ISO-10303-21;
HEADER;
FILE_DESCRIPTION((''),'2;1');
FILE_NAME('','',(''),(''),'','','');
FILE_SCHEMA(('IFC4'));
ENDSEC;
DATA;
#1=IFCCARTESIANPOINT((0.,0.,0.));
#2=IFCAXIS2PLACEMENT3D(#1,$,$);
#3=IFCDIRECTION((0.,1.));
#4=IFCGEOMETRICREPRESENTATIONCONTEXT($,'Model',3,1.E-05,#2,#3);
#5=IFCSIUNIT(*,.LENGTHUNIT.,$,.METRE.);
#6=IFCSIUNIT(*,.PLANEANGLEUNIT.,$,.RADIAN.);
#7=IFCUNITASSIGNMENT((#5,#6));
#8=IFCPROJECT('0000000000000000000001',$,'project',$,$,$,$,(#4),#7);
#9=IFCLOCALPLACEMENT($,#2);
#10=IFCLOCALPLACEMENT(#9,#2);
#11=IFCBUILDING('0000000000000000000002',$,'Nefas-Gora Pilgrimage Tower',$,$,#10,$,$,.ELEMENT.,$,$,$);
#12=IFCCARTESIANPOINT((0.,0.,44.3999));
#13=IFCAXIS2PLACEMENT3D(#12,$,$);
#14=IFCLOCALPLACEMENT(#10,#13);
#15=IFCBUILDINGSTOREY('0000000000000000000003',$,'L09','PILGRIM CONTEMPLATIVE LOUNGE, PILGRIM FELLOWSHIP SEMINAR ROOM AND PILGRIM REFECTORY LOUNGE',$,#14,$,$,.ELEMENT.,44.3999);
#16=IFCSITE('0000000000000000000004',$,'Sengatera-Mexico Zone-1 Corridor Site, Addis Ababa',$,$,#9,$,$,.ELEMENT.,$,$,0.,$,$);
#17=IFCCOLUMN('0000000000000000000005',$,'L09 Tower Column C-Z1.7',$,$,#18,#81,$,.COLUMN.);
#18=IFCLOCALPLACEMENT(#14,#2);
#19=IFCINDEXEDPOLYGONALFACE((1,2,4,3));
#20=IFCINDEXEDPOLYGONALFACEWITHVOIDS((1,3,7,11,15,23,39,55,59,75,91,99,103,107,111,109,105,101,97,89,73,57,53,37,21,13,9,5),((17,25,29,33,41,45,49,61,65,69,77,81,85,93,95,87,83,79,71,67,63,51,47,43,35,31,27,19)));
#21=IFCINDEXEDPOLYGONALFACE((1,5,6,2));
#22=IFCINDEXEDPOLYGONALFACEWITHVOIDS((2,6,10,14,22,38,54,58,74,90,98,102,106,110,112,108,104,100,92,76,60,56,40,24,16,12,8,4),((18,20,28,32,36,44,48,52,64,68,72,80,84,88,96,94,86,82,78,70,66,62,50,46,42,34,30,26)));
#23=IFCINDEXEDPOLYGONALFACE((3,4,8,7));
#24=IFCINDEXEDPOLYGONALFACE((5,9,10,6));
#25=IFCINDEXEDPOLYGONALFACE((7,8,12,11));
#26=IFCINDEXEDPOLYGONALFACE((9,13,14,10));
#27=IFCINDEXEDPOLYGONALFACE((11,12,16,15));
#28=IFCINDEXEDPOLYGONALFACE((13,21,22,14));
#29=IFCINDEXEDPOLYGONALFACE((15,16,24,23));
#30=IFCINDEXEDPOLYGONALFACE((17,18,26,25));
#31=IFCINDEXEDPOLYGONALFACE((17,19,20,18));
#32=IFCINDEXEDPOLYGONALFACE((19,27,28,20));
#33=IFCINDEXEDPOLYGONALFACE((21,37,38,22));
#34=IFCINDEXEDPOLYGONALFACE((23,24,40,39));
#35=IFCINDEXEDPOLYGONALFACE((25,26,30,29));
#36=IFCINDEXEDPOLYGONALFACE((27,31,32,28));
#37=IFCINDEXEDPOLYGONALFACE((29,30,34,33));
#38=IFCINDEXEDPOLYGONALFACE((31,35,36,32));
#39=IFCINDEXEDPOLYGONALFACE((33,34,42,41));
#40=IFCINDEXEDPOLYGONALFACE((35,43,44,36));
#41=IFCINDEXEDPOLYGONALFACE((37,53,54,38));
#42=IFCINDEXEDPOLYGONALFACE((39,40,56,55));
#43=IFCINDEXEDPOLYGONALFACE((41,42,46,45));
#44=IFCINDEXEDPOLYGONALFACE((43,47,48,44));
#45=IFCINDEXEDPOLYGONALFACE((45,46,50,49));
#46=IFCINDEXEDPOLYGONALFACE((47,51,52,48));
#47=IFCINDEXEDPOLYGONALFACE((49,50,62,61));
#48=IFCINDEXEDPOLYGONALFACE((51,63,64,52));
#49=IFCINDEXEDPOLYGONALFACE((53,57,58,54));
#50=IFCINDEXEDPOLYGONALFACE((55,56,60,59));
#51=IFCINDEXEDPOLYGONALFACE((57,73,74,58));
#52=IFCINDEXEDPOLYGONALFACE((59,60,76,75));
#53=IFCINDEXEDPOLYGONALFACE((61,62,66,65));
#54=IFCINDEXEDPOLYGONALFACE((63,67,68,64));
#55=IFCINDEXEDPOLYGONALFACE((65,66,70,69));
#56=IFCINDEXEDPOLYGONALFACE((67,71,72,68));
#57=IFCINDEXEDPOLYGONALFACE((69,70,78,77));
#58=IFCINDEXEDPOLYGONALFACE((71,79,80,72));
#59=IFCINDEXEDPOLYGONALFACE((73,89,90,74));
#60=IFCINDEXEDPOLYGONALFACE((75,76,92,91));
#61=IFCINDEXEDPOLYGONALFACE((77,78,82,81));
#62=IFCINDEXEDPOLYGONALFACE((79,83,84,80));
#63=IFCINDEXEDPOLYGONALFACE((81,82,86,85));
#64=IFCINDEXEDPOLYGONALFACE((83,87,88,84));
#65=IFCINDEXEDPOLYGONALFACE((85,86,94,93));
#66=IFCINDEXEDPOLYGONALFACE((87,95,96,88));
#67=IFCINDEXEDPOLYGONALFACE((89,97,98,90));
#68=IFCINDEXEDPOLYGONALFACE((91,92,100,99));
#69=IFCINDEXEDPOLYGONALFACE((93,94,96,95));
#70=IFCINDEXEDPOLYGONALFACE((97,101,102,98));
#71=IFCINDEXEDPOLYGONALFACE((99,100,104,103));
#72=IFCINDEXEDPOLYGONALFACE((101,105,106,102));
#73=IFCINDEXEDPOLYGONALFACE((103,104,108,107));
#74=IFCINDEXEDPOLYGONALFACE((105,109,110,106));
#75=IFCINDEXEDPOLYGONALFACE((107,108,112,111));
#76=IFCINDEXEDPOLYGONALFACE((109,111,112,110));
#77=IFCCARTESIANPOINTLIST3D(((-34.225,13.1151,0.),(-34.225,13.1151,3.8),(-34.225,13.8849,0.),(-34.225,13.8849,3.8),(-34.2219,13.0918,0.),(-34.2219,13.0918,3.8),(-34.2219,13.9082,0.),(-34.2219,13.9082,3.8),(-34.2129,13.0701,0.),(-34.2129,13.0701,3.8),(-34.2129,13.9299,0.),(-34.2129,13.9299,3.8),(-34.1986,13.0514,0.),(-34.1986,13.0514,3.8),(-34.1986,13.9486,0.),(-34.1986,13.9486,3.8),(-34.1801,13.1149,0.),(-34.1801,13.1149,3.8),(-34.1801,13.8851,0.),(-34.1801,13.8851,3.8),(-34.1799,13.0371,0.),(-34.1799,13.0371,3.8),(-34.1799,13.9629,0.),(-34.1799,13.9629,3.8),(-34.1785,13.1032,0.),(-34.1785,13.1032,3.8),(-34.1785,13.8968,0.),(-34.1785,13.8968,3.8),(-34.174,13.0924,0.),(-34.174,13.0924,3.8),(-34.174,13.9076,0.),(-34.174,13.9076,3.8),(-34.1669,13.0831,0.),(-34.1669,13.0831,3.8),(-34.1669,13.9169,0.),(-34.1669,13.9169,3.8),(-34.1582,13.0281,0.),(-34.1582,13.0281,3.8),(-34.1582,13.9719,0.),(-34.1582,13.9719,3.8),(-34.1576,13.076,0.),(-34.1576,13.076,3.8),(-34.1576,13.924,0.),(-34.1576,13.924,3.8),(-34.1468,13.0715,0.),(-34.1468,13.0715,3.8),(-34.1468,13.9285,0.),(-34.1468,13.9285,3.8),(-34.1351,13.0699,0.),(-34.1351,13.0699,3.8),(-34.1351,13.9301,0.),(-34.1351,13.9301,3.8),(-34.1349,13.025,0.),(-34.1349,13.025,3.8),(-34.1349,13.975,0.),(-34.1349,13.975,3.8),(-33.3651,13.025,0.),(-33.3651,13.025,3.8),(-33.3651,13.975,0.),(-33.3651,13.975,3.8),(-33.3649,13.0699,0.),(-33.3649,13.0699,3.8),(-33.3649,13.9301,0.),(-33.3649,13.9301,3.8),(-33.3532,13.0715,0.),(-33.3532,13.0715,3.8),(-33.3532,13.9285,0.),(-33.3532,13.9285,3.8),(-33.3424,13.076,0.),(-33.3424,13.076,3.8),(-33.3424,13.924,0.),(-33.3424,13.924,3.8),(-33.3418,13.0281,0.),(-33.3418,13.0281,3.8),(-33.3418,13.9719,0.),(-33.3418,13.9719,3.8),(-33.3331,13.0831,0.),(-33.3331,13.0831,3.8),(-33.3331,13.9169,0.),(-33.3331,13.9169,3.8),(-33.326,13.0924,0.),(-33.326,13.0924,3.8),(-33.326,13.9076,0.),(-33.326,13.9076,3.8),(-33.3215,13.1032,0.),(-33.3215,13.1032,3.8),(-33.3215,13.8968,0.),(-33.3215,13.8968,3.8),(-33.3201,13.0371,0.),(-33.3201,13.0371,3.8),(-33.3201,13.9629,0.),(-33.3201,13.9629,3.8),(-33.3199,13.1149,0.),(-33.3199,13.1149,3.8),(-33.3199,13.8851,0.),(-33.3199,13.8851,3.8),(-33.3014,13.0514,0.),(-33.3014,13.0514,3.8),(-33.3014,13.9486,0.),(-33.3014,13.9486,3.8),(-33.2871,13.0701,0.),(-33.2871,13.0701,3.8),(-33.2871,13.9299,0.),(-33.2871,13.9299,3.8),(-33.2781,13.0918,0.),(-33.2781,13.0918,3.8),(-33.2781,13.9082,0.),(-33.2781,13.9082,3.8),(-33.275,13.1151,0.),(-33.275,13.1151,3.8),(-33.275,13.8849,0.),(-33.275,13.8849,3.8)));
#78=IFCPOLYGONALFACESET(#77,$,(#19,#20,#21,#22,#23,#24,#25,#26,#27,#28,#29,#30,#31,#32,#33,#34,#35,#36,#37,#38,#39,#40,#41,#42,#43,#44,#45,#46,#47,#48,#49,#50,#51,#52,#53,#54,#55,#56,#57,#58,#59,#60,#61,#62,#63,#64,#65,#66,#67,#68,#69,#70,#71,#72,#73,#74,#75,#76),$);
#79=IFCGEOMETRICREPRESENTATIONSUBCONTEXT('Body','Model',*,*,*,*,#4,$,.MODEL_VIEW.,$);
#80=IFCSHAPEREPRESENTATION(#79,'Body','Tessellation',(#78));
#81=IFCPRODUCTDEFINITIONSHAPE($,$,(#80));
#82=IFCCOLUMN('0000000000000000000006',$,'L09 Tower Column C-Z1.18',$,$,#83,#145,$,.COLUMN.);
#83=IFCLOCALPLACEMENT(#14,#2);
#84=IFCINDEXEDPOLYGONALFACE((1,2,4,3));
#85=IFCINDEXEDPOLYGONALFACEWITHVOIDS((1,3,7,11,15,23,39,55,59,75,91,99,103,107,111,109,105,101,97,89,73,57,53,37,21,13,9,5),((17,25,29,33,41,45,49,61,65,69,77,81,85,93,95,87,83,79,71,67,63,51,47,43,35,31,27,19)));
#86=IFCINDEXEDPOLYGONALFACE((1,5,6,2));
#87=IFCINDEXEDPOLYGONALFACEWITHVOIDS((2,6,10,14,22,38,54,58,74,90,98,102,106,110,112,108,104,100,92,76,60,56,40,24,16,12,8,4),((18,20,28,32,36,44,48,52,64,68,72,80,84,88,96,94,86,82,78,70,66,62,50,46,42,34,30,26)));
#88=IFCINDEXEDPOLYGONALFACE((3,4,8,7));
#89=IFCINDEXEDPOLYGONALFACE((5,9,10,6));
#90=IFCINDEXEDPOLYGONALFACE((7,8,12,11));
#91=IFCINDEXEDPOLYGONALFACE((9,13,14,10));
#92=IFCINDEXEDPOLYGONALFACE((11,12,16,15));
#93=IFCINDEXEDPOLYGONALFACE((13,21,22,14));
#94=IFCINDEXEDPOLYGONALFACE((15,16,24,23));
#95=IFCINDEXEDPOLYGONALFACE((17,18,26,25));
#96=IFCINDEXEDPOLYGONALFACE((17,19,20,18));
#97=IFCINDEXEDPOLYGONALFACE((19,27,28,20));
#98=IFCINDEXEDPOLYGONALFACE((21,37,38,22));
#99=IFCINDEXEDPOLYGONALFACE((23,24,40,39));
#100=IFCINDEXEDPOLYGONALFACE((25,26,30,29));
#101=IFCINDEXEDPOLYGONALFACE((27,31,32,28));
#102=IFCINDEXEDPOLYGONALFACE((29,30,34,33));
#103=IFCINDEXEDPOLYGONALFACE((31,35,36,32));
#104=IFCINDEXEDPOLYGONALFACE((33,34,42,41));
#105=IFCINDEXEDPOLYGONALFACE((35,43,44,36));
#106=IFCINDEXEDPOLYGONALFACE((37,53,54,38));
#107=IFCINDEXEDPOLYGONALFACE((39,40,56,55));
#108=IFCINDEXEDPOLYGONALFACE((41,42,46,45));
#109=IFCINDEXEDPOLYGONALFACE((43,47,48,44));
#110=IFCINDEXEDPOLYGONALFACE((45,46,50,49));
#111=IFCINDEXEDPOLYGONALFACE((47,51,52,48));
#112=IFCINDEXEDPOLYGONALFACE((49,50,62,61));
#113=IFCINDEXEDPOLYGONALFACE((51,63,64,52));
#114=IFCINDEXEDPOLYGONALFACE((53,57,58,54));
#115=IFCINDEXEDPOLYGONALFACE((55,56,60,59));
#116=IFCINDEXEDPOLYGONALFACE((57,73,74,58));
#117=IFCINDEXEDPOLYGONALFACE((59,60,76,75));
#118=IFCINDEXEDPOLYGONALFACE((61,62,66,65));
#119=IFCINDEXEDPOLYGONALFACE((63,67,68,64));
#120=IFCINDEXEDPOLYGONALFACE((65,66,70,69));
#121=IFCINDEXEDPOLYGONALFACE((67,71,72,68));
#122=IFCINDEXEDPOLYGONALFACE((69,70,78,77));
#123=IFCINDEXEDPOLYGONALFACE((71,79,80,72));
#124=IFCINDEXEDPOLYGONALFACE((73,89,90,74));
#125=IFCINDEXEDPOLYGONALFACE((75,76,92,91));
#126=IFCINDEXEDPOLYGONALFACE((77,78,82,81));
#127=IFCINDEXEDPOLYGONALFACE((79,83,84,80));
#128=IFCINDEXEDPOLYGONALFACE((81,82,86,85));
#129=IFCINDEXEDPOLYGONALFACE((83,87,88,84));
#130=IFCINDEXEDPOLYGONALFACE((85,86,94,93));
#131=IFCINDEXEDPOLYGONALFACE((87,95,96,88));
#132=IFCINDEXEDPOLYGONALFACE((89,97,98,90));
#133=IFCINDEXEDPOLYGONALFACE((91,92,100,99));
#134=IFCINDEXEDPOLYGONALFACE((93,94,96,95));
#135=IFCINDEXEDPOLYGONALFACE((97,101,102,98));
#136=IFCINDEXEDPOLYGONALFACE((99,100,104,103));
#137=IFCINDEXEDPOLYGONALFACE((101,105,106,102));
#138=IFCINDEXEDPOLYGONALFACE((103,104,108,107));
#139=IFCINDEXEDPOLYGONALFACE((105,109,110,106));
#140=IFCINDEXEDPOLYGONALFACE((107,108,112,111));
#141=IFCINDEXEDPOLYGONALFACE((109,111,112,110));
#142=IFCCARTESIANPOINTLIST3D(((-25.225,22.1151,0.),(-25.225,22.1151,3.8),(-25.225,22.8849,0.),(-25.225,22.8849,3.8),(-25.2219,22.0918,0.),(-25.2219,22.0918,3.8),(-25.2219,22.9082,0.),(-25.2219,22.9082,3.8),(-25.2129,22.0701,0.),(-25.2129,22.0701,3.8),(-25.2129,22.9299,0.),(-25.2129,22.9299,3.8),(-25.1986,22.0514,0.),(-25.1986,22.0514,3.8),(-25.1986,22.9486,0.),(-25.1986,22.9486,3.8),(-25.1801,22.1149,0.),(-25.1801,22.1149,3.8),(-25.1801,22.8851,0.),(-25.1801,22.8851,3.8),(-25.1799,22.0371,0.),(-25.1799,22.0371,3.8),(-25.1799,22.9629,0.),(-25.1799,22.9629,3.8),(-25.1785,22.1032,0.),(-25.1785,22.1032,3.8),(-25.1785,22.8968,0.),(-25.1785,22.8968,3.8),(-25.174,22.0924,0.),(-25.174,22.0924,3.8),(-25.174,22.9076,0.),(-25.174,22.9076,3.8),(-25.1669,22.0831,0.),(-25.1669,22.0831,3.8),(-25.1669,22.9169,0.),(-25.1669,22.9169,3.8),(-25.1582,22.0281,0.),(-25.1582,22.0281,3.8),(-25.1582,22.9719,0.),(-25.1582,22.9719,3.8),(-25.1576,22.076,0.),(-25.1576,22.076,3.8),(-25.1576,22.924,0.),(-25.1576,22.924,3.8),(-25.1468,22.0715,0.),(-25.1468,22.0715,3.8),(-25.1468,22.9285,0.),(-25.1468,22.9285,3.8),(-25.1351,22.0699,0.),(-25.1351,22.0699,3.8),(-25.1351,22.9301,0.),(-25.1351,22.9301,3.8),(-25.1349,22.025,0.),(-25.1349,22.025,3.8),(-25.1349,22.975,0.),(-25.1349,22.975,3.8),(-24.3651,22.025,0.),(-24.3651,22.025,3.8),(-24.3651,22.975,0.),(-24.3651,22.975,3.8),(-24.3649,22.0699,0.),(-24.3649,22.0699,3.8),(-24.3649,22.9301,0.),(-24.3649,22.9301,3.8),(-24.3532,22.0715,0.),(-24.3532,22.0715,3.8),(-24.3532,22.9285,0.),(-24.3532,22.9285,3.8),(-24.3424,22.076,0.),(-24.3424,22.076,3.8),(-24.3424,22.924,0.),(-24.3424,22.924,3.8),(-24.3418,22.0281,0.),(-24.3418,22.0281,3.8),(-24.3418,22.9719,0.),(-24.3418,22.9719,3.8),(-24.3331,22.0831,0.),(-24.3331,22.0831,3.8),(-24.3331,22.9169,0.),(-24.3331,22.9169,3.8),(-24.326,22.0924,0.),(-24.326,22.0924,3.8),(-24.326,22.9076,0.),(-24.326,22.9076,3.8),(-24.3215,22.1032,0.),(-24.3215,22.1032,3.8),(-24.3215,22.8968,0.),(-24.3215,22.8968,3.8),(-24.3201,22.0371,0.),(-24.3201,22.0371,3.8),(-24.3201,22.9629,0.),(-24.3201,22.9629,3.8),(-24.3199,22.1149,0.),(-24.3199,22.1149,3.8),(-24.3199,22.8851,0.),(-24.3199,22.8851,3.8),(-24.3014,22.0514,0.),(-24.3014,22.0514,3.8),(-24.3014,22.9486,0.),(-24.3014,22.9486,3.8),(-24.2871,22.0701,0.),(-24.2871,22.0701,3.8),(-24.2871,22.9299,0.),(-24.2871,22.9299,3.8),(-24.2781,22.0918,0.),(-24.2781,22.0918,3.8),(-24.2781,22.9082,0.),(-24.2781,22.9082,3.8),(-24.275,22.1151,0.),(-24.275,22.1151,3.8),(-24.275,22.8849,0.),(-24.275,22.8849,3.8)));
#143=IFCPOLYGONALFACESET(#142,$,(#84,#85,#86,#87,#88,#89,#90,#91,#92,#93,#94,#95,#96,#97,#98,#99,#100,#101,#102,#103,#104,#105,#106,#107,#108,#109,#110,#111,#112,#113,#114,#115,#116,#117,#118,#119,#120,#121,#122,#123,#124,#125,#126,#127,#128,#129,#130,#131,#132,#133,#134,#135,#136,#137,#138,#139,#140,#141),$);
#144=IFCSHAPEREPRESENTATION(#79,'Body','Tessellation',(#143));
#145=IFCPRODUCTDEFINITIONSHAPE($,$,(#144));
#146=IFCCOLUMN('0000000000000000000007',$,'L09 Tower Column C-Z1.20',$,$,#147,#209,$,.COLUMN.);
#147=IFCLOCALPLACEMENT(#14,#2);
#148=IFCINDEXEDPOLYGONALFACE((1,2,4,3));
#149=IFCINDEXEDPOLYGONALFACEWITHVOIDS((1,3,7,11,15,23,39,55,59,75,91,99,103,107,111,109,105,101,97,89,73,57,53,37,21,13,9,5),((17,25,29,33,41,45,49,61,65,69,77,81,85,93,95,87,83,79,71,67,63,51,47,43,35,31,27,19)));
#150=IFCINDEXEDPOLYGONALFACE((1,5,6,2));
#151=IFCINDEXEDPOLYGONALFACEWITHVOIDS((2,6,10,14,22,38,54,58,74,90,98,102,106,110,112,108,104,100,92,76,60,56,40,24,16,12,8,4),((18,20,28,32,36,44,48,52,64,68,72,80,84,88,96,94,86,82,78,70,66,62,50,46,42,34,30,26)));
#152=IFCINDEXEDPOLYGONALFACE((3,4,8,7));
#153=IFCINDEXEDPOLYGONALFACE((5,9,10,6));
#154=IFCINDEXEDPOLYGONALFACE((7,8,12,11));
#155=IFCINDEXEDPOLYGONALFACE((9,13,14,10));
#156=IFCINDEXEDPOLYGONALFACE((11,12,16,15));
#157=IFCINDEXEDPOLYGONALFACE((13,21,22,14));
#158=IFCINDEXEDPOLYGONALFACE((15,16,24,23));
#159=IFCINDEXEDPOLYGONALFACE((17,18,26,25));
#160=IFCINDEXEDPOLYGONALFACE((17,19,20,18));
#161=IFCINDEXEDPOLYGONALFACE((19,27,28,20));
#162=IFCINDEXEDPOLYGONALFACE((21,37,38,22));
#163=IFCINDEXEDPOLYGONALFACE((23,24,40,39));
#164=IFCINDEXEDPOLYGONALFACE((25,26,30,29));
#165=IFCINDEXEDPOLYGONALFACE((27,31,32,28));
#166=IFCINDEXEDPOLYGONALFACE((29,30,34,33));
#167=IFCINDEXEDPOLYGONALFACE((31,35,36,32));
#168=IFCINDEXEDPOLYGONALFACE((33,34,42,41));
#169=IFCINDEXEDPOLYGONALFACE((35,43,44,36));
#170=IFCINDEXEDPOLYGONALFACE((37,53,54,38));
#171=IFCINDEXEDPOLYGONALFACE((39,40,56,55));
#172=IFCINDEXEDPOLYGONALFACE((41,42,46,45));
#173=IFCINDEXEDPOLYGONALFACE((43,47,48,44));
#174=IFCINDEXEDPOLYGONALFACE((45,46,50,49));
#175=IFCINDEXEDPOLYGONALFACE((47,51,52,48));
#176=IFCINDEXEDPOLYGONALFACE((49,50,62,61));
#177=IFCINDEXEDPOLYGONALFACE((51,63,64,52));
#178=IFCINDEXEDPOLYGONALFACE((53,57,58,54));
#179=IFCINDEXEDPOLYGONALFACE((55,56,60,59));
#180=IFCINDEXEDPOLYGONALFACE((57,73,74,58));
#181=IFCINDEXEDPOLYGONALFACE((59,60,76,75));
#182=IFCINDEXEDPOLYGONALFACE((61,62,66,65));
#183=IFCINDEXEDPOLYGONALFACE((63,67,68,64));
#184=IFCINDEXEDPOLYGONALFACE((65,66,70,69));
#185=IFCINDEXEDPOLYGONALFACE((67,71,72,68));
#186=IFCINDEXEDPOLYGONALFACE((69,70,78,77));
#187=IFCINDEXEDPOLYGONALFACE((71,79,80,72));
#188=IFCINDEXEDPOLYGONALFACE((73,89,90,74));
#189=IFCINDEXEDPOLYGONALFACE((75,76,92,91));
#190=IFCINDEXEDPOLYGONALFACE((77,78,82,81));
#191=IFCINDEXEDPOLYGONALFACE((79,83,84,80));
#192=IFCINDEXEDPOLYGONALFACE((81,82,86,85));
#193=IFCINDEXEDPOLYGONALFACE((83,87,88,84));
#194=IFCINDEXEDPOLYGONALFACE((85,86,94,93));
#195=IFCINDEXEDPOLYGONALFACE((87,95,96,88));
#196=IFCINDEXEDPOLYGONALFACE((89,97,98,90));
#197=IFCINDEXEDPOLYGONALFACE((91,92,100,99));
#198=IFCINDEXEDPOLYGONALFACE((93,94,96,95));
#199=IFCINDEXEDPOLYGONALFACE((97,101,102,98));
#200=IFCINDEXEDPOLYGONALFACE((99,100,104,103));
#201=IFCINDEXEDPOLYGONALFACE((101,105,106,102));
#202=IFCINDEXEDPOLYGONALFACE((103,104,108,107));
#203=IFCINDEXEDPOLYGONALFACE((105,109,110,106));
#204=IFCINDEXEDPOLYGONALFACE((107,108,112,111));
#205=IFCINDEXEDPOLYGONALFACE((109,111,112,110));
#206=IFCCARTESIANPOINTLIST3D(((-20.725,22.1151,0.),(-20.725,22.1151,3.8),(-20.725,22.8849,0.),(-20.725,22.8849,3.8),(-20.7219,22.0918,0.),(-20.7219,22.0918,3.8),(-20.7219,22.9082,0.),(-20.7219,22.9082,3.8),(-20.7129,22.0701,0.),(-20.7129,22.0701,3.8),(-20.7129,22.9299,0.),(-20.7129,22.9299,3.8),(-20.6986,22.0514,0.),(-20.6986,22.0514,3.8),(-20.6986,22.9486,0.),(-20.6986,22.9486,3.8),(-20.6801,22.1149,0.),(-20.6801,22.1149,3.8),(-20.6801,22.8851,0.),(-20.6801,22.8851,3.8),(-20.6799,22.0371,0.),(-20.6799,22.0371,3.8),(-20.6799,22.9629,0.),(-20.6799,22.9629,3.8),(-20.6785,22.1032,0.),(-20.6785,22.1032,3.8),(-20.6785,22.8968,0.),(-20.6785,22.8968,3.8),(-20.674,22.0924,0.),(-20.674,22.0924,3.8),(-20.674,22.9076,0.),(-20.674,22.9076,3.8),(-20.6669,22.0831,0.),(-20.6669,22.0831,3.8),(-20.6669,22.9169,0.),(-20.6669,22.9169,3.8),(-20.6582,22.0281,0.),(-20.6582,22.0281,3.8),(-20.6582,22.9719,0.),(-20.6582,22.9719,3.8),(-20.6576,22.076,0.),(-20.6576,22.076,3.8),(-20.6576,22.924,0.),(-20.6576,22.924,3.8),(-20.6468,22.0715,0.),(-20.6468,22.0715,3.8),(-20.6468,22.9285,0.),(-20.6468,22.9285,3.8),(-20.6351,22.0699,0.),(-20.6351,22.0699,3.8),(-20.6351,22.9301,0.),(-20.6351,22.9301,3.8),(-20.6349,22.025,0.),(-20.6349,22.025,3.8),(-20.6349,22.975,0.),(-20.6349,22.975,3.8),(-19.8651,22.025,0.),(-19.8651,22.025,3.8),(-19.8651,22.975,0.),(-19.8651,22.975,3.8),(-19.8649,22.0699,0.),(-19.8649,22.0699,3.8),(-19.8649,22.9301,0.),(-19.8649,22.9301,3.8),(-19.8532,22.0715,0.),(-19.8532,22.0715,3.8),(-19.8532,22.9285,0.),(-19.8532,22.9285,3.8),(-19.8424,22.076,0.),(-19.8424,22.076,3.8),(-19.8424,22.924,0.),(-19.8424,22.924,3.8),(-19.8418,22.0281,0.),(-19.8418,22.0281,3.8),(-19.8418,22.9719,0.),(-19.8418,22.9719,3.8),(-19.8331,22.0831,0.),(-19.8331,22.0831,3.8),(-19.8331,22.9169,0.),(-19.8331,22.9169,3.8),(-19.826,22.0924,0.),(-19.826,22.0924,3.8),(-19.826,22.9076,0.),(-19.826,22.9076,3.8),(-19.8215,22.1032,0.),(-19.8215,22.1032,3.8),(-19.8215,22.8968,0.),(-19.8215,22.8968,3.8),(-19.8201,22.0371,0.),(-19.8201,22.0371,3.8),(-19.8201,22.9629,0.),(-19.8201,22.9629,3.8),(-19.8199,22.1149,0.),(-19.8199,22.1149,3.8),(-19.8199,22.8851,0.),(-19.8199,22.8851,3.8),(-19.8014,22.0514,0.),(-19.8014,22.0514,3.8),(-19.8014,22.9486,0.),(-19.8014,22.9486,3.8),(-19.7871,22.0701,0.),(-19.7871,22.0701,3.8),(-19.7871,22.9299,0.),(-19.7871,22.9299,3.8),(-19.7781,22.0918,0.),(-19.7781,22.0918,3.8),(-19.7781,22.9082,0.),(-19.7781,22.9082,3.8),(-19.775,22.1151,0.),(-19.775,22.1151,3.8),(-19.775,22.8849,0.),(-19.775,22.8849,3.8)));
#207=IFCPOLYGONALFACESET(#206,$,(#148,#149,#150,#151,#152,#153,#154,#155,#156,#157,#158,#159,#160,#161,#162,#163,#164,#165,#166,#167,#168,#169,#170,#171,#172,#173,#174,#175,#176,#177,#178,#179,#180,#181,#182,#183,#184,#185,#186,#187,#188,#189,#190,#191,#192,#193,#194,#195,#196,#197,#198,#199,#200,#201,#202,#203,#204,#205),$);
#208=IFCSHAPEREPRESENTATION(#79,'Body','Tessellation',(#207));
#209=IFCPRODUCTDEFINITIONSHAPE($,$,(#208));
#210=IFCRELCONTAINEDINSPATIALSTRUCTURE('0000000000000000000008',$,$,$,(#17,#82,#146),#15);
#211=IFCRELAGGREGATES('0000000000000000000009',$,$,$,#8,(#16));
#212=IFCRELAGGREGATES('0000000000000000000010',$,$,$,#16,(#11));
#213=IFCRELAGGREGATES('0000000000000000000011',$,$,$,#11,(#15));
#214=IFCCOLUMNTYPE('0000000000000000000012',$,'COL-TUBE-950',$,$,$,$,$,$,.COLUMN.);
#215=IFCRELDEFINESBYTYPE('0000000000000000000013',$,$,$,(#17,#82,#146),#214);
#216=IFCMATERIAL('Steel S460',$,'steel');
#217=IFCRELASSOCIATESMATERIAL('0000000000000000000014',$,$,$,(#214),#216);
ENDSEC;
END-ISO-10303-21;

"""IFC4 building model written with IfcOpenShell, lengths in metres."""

from ifc_helpers import new_model, si_unit, direction, frame, origin, origin_2d, place, context, subcontext, project, spatial, hollow_rectangle, extrude, source, transform, mapped, material, material_profile, profile_set, type_object, element, save


model = new_model("IFC4")

# Units and contexts
model_context = context("Model", 3, precision=1e-05, world=origin(), true_north=direction((0.0, 1.0)))
body_context = subcontext(model_context, "Body", "Model", "MODEL_VIEW")
ifc_project = project(units=[si_unit("LENGTHUNIT", "METRE"), si_unit("PLANEANGLEUNIT", "RADIAN")], contexts=[model_context])

# Site, building, storey
site_placement = place(None, origin())
site = spatial("IfcSite", under=ifc_project, at=site_placement, Name="Sengatera-Mexico Zone-1 Corridor Site, Addis Ababa", CompositionType="ELEMENT", RefElevation=0.0)
building_placement = place(site_placement, origin())
building = spatial("IfcBuilding", under=site, at=building_placement, Name="Nefas-Gora Pilgrimage Tower", CompositionType="ELEMENT")
storey_placement = place(building_placement, frame((0.0, 0.0, 44.3999)))
storey = spatial("IfcBuildingStorey", under=building, at=storey_placement, Name="L09", Description="PILGRIM CONTEMPLATIVE LOUNGE, PILGRIM FELLOWSHIP SEMINAR ROOM AND PILGRIM REFECTORY LOUNGE", CompositionType="ELEMENT", Elevation=44.3999)

# Columns
ifc_material_1 = material(Name="Steel S460", Category="steel")
ifc_material_profile_1 = material_profile(ifc_material_1, hollow_rectangle(XDim=0.95, YDim=0.95, WallThickness=0.0449, InnerFilletRadius=0.0449, OuterFilletRadius=0.0901, at=origin_2d()), Name="BOX 950x950x45")
ifc_profile_set_1 = profile_set([ifc_material_profile_1], Name="Steel S460")
column_type_1 = type_object("IfcColumnType", Name="COL-TUBE-950", PredefinedType="COLUMN", material=ifc_profile_set_1)
shared_shape_1 = source(origin(), body_context, "Body", "SweptSolid", [
    extrude(hollow_rectangle(XDim=0.95, YDim=0.95, WallThickness=0.0449, InnerFilletRadius=0.0449, OuterFilletRadius=0.0901, at=origin_2d()), origin(), (0.0, 0.0, 1.0), 3.8),
])
for number, where, z_axis, x_axis, name in (
    (1, (-33.75, 13.5, 0.0), (0.0, 0.0, 1.0), (1.0, 0.0, 0.0), "L09 Tower Column C-Z1.7"),
    (2, (-24.75, 22.5, 0.0), (0.0, 0.0, 1.0), (1.0, 0.0, 0.0), "L09 Tower Column C-Z1.18"),
    (3, (-20.25, 22.5, 0.0), (0.0, 0.0, 1.0), (1.0, 0.0, 0.0), "L09 Tower Column C-Z1.20"),
):
    element("IfcColumn", number, at=place(storey_placement, frame(where, z_axis=z_axis, x_axis=x_axis)), inside=storey, type_object=column_type_1, Name=name, PredefinedType="COLUMN", context=body_context, shape_type="MappedRepresentation", body=[
        mapped(shared_shape_1, transform((0.0, 0.0, 0.0), x_axis=(1.0, 0.0, 0.0), y_axis=(0.0, 1.0, 0.0), z_axis=(0.0, 0.0, 1.0), scale=1.0)),
    ])

save(model, "model.ifc")
